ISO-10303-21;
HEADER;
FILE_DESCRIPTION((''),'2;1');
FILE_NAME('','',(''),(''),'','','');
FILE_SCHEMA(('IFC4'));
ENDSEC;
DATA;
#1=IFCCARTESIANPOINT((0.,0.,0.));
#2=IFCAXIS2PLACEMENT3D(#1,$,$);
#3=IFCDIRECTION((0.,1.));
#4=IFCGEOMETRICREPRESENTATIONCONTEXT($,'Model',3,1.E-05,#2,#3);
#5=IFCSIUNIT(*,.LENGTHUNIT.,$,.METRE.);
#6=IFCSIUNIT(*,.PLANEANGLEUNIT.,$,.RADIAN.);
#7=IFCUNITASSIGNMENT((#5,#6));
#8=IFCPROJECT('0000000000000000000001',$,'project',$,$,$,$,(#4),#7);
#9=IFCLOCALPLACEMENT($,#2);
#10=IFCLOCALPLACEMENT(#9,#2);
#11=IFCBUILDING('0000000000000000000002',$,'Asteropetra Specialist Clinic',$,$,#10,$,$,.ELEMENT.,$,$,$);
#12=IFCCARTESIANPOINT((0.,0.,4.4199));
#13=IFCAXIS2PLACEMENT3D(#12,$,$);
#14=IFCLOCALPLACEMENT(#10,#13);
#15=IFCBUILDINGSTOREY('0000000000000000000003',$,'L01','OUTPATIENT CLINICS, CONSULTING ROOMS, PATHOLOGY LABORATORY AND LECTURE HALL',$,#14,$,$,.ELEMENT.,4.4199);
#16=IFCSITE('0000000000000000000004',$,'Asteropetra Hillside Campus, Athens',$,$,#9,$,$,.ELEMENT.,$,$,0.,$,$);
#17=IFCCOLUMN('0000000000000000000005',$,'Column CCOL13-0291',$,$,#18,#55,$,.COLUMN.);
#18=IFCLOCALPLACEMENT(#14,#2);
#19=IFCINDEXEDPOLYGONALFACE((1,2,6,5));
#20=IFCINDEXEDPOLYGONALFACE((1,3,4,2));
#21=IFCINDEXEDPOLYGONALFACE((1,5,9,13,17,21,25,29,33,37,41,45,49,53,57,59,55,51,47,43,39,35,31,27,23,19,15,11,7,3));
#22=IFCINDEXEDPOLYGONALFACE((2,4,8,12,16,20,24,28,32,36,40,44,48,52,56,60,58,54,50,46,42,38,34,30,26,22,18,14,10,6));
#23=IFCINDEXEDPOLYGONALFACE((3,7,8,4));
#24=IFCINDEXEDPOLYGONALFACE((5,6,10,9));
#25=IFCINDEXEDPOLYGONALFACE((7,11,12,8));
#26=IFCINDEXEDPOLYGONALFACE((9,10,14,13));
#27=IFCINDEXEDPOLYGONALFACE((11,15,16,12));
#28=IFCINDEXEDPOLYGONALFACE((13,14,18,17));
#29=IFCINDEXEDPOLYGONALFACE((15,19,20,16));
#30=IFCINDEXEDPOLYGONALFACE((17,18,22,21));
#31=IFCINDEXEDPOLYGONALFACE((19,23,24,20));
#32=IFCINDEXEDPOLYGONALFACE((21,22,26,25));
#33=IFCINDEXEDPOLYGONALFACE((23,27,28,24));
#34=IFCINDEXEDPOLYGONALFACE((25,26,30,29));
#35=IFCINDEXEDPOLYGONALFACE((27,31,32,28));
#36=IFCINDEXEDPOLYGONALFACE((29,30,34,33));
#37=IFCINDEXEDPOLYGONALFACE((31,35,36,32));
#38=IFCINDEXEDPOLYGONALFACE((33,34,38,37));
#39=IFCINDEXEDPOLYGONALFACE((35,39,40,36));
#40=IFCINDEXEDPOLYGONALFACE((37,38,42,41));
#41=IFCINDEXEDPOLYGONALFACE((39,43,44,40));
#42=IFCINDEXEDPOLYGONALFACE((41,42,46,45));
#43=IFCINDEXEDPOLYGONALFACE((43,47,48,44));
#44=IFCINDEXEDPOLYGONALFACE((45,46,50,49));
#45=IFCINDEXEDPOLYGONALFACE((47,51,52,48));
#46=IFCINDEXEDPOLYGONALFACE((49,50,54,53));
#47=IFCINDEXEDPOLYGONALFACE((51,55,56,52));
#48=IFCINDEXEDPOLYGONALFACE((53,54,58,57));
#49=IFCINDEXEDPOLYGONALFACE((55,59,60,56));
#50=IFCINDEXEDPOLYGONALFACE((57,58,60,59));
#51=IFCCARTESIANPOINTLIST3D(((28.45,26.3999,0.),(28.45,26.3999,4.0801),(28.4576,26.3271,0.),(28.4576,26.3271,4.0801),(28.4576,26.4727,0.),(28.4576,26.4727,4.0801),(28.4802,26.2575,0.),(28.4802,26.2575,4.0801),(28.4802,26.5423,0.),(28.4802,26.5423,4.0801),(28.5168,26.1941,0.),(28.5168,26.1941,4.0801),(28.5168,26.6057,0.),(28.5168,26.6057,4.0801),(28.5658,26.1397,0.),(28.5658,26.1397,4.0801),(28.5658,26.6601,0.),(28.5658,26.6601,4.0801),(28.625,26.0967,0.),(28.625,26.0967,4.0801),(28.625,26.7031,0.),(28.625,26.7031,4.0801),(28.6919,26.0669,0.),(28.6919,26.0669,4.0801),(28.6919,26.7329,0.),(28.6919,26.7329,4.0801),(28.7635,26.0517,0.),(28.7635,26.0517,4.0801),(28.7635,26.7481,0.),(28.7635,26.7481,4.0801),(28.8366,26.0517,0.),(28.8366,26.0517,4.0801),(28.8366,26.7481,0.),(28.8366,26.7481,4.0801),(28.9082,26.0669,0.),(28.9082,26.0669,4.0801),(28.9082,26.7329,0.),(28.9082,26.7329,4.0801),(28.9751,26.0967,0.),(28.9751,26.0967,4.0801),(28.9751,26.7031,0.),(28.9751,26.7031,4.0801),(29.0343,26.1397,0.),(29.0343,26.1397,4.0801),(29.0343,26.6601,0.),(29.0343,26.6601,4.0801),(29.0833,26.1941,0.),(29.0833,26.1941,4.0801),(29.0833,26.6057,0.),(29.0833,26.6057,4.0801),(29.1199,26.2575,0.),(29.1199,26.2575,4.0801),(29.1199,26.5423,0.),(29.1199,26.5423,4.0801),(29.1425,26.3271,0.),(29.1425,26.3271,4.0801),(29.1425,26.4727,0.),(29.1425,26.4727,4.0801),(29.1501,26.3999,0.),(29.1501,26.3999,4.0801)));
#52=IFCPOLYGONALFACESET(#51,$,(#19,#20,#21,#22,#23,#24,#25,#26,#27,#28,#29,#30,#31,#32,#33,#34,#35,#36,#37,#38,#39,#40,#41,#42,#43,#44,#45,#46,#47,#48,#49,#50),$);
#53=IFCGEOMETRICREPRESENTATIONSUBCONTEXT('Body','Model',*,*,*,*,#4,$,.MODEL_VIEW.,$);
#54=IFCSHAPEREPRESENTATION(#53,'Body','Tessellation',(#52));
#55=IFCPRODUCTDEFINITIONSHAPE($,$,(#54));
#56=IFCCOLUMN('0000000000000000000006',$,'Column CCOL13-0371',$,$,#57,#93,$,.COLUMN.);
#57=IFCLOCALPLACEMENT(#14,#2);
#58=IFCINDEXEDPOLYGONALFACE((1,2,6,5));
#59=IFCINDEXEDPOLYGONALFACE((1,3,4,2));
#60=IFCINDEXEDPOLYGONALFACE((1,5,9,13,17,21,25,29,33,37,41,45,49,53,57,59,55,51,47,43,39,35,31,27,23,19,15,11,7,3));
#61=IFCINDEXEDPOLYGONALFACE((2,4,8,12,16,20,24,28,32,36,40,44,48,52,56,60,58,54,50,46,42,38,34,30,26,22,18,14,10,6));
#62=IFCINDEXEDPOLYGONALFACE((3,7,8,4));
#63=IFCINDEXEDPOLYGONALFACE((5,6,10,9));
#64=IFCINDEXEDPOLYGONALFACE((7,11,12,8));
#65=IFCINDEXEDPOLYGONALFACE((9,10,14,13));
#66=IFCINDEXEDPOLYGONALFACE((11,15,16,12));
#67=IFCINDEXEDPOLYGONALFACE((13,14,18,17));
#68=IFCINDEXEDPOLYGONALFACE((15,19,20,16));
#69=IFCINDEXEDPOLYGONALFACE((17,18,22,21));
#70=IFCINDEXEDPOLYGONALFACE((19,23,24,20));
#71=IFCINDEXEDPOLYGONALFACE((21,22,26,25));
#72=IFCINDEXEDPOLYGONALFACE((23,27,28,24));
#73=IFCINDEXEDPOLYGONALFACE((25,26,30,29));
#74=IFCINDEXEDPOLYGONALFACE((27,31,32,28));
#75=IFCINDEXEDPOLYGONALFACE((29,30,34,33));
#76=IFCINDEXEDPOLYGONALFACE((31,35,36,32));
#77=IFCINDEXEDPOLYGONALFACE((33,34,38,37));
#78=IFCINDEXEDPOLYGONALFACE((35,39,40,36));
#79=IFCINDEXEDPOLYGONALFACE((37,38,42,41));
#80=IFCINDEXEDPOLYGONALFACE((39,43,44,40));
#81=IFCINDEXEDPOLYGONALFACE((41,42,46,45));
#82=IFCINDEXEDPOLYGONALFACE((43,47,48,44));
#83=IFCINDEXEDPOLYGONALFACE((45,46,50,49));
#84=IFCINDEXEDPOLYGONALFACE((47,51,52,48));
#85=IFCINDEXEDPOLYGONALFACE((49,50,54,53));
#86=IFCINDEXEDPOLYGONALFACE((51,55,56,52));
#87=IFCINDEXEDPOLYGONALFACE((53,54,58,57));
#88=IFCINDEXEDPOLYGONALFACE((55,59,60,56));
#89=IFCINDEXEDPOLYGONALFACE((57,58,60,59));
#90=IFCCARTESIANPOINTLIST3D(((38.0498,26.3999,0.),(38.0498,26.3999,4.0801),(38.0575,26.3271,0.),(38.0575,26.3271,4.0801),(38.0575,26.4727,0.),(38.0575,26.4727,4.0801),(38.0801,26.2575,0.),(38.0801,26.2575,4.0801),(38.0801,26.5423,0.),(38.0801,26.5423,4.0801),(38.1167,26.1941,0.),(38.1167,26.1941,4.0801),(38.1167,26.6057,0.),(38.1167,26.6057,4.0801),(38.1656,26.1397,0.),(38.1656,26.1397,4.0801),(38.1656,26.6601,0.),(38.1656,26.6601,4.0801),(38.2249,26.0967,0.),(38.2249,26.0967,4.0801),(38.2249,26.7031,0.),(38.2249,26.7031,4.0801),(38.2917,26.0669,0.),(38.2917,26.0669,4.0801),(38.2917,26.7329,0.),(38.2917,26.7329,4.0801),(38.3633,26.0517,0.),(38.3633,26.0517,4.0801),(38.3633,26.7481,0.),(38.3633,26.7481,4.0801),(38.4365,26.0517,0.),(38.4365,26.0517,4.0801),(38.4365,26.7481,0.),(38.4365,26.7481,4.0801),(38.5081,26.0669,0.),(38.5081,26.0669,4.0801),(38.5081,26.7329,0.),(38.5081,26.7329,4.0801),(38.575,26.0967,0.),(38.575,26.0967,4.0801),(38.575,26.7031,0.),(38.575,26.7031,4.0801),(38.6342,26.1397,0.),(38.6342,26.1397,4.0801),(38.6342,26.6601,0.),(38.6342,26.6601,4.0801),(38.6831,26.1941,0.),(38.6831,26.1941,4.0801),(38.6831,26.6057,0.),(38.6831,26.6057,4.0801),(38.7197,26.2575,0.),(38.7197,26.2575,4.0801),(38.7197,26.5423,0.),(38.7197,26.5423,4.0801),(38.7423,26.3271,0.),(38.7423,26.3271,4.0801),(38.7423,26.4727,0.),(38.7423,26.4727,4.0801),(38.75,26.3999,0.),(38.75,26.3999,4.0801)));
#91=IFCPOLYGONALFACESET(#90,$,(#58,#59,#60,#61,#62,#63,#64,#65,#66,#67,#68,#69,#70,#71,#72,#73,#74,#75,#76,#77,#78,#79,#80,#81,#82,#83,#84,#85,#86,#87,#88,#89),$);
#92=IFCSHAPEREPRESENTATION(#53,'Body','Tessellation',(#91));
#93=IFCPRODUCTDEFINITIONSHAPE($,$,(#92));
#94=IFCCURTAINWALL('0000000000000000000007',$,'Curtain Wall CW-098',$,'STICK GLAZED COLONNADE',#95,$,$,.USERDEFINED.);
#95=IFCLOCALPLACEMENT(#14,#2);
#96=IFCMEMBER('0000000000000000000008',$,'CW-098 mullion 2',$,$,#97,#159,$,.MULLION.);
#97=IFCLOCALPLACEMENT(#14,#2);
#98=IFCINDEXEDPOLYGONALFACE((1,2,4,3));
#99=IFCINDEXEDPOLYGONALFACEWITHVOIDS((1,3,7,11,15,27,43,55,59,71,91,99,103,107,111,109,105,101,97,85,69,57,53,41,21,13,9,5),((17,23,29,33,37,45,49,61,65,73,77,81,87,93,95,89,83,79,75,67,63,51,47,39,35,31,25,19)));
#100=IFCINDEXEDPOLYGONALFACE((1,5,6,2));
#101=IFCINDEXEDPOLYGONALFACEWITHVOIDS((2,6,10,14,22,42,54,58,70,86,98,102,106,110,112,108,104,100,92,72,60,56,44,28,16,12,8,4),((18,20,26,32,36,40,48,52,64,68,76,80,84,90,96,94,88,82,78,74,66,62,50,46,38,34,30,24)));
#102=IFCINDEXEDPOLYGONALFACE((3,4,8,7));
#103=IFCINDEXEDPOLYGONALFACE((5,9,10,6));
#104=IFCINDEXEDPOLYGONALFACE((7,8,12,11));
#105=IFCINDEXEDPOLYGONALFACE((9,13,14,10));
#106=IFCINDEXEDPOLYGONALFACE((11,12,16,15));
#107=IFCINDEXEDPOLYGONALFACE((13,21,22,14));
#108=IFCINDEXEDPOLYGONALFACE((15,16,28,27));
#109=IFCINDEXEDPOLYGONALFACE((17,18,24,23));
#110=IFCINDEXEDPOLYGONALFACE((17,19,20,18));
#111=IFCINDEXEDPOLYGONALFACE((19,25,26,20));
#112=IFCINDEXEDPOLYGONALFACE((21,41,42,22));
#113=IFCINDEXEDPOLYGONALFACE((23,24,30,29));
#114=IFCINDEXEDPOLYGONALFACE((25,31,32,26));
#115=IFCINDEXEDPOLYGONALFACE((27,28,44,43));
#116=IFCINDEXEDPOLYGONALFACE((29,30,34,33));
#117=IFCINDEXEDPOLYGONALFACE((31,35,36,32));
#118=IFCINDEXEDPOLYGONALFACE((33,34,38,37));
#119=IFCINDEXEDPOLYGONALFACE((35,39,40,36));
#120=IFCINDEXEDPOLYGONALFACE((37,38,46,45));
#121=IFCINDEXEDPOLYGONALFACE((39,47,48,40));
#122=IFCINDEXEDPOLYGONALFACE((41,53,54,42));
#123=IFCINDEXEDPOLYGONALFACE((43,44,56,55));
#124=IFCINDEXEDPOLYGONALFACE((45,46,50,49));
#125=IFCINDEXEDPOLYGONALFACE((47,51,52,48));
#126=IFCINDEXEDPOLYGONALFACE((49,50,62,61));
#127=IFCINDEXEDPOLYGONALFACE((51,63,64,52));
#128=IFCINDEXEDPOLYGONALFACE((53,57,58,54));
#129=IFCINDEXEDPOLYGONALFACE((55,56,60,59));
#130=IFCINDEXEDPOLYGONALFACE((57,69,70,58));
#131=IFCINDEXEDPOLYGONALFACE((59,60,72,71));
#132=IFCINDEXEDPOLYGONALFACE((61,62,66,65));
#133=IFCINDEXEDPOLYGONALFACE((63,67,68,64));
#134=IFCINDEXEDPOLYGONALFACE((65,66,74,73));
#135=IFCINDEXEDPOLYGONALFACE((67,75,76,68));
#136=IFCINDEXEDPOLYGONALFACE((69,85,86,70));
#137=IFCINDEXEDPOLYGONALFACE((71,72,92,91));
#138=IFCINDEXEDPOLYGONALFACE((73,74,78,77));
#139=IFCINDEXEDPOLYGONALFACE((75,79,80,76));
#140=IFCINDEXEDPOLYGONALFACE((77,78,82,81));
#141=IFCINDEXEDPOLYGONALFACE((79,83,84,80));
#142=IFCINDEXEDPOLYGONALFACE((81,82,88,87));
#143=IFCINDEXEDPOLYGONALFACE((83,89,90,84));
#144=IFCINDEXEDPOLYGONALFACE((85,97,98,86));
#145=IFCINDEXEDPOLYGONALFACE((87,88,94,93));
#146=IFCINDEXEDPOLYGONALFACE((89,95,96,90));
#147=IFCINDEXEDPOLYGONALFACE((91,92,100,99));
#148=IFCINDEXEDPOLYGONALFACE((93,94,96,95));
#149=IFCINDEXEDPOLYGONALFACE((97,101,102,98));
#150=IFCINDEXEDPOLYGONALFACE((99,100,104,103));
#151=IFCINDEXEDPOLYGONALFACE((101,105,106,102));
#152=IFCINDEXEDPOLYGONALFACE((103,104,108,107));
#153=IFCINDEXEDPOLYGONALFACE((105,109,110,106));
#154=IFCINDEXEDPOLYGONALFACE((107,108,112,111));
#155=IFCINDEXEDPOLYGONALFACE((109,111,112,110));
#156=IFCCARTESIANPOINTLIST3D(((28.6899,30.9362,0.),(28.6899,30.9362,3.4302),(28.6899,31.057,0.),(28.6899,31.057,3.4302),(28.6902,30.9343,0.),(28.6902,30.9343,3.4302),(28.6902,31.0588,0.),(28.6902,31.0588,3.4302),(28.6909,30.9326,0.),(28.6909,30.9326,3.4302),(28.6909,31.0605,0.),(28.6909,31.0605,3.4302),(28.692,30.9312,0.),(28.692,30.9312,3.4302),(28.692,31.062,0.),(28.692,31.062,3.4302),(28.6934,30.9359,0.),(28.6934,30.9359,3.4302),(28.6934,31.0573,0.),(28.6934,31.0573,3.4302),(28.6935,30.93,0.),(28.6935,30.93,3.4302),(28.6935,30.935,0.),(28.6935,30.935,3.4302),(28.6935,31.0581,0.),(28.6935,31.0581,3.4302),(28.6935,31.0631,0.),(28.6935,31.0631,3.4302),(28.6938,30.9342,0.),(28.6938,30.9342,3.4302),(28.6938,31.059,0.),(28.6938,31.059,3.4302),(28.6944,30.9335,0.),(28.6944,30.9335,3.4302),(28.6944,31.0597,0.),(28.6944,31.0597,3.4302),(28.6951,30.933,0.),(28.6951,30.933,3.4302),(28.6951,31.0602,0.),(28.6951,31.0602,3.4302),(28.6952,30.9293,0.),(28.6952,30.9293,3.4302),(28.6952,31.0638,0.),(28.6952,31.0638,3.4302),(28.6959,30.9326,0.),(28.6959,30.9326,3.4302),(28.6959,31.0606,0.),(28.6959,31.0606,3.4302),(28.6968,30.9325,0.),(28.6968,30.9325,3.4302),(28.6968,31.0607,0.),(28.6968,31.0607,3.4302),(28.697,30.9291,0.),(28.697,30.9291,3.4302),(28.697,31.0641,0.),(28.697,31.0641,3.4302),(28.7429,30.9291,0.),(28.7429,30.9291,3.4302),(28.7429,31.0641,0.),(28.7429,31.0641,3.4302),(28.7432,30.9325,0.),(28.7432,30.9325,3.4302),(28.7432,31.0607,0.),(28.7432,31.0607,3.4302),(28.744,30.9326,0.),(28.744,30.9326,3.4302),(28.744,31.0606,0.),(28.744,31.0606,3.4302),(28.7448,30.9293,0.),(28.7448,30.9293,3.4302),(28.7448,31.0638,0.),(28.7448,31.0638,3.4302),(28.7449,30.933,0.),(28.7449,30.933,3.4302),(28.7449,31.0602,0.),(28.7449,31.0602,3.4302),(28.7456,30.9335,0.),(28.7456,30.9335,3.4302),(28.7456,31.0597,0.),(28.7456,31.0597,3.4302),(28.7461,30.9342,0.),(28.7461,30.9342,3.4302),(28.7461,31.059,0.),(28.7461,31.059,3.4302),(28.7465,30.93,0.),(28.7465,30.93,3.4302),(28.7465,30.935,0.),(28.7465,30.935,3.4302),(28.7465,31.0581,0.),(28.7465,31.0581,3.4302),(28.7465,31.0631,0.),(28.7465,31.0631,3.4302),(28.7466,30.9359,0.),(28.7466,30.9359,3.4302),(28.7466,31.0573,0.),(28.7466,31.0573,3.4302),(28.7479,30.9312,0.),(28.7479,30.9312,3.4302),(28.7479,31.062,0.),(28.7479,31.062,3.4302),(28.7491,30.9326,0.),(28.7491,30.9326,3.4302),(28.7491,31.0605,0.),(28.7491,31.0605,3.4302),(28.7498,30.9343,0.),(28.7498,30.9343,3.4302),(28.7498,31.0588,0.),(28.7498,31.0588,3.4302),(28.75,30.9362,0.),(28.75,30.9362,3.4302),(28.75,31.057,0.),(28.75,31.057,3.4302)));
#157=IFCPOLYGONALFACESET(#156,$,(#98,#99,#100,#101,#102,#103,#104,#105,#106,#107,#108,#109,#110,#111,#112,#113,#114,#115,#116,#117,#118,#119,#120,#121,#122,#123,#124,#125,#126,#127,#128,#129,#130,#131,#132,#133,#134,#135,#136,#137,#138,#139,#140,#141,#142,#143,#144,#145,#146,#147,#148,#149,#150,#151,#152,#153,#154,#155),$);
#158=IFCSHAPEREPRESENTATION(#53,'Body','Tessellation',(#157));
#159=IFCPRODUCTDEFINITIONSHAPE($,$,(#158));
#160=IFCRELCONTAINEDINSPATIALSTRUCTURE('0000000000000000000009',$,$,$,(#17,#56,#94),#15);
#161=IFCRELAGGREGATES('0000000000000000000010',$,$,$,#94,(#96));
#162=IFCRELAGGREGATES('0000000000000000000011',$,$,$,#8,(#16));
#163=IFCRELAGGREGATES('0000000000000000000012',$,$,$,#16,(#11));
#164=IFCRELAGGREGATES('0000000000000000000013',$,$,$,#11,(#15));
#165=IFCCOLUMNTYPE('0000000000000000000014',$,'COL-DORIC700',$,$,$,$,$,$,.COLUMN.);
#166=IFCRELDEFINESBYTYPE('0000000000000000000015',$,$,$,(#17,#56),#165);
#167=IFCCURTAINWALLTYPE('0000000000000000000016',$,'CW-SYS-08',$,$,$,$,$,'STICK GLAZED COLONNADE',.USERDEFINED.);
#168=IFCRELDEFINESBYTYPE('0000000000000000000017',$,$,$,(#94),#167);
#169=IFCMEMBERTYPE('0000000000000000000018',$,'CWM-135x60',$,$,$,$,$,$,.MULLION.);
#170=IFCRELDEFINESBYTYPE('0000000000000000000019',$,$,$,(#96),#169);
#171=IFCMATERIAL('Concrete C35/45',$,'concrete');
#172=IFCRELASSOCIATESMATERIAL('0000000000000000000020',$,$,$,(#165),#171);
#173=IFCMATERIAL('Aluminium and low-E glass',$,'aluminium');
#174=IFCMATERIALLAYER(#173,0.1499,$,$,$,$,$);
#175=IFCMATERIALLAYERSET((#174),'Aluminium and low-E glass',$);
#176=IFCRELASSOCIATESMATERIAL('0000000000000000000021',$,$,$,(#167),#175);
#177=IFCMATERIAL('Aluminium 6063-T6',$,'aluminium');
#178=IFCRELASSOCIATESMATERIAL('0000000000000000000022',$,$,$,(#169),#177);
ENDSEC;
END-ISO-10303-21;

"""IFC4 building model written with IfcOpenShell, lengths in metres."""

from ifc_helpers import new_model, si_unit, direction, frame, origin, origin_2d, place, context, subcontext, project, spatial, hollow_rectangle, circle, extrude, material, layer, layer_set, material_profile, profile_set, type_object, element, aggregate, save


model = new_model("IFC4")

# Units and contexts
model_context = context("Model", 3, precision=1e-05, world=origin(), true_north=direction((0.0, 1.0)))
body_context = subcontext(model_context, "Body", "Model", "MODEL_VIEW")
ifc_project = project(units=[si_unit("LENGTHUNIT", "METRE"), si_unit("PLANEANGLEUNIT", "RADIAN")], contexts=[model_context])

# Site, building, storey
site_placement = place(None, origin())
site = spatial("IfcSite", under=ifc_project, at=site_placement, Name="Asteropetra Hillside Campus, Athens", CompositionType="ELEMENT", RefElevation=0.0)
building_placement = place(site_placement, origin())
building = spatial("IfcBuilding", under=site, at=building_placement, Name="Asteropetra Specialist Clinic", CompositionType="ELEMENT")
storey_placement = place(building_placement, frame((0.0, 0.0, 4.4199)))
storey = spatial("IfcBuildingStorey", under=building, at=storey_placement, Name="L01", Description="OUTPATIENT CLINICS, CONSULTING ROOMS, PATHOLOGY LABORATORY AND LECTURE HALL", CompositionType="ELEMENT", Elevation=4.4199)

# Columns
ifc_material_1 = material(Name="Concrete C35/45", Category="concrete")
ifc_material_profile_1 = material_profile(ifc_material_1, circle(Radius=0.3501, at=origin_2d()), Name="RCC D700")
ifc_profile_set_1 = profile_set([ifc_material_profile_1], Name="Concrete C35/45")
column_type = type_object("IfcColumnType", Name="COL-DORIC700", PredefinedType="COLUMN", material=ifc_profile_set_1)
for number, where, z_axis, x_axis, name in (
    (1, (28.8, 26.3999, 0.0), (0.0, 0.0, 1.0), (1.0, 0.0, 0.0), "Column CCOL13-0291"),
    (2, (38.3999, 26.3999, 0.0), (0.0, 0.0, 1.0), (1.0, 0.0, 0.0), "Column CCOL13-0371"),
):
    element("IfcColumn", number, at=place(storey_placement, frame(where, z_axis=z_axis, x_axis=x_axis)), inside=storey, type_object=column_type, Name=name, PredefinedType="COLUMN", context=body_context, shape_type="SweptSolid", body=[
        extrude(circle(Radius=0.3501, at=origin_2d()), origin(), (0.0, 0.0, 1.0), 4.0801),
    ])

# Curtain wall, member
ifc_material_2 = material(Name="Aluminium and low-E glass", Category="aluminium")
ifc_layer_1 = layer(ifc_material_2, 0.1499)
ifc_layer_set_1 = layer_set([ifc_layer_1], Name="Aluminium and low-E glass")
curtain_wall_type_1 = type_object("IfcCurtainWallType", Name="CW-SYS-08", ElementType="STICK GLAZED COLONNADE", PredefinedType="USERDEFINED", material=ifc_layer_set_1)
curtain_wall_1_placement = place(storey_placement, origin())
curtain_wall_1 = element("IfcCurtainWall", 3, at=curtain_wall_1_placement, inside=storey, type_object=curtain_wall_type_1, Name="Curtain Wall CW-098", ObjectType="STICK GLAZED COLONNADE", PredefinedType="USERDEFINED")
ifc_material_3 = material(Name="Aluminium 6063-T6", Category="aluminium")
ifc_material_profile_2 = material_profile(ifc_material_3, hollow_rectangle(XDim=0.0601, YDim=0.135, WallThickness=0.0034, InnerFilletRadius=0.0034, OuterFilletRadius=0.0071, at=origin_2d()), Name="MUL 135x60x3.5")
ifc_profile_set_2 = profile_set([ifc_material_profile_2], Name="Aluminium 6063-T6")
member_type_1 = type_object("IfcMemberType", Name="CWM-135x60", PredefinedType="MULLION", material=ifc_profile_set_2)
member_1_placement = place(storey_placement, frame((28.72, 30.9966, 0.0), z_axis=(0.0, 0.0, 1.0), x_axis=(1.0, 0.0, 0.0)))
member_1 = element("IfcMember", 4, at=member_1_placement, type_object=member_type_1, Name="CW-098 mullion 2", PredefinedType="MULLION", context=body_context, shape_type="SweptSolid", body=[
    extrude(hollow_rectangle(XDim=0.0601, YDim=0.135, WallThickness=0.0034, InnerFilletRadius=0.0034, OuterFilletRadius=0.0071, at=origin_2d()), origin(), (0.0, 0.0, 1.0), 3.4302),
])
aggregate(curtain_wall_1, [member_1])

save(model, "model.ifc")
